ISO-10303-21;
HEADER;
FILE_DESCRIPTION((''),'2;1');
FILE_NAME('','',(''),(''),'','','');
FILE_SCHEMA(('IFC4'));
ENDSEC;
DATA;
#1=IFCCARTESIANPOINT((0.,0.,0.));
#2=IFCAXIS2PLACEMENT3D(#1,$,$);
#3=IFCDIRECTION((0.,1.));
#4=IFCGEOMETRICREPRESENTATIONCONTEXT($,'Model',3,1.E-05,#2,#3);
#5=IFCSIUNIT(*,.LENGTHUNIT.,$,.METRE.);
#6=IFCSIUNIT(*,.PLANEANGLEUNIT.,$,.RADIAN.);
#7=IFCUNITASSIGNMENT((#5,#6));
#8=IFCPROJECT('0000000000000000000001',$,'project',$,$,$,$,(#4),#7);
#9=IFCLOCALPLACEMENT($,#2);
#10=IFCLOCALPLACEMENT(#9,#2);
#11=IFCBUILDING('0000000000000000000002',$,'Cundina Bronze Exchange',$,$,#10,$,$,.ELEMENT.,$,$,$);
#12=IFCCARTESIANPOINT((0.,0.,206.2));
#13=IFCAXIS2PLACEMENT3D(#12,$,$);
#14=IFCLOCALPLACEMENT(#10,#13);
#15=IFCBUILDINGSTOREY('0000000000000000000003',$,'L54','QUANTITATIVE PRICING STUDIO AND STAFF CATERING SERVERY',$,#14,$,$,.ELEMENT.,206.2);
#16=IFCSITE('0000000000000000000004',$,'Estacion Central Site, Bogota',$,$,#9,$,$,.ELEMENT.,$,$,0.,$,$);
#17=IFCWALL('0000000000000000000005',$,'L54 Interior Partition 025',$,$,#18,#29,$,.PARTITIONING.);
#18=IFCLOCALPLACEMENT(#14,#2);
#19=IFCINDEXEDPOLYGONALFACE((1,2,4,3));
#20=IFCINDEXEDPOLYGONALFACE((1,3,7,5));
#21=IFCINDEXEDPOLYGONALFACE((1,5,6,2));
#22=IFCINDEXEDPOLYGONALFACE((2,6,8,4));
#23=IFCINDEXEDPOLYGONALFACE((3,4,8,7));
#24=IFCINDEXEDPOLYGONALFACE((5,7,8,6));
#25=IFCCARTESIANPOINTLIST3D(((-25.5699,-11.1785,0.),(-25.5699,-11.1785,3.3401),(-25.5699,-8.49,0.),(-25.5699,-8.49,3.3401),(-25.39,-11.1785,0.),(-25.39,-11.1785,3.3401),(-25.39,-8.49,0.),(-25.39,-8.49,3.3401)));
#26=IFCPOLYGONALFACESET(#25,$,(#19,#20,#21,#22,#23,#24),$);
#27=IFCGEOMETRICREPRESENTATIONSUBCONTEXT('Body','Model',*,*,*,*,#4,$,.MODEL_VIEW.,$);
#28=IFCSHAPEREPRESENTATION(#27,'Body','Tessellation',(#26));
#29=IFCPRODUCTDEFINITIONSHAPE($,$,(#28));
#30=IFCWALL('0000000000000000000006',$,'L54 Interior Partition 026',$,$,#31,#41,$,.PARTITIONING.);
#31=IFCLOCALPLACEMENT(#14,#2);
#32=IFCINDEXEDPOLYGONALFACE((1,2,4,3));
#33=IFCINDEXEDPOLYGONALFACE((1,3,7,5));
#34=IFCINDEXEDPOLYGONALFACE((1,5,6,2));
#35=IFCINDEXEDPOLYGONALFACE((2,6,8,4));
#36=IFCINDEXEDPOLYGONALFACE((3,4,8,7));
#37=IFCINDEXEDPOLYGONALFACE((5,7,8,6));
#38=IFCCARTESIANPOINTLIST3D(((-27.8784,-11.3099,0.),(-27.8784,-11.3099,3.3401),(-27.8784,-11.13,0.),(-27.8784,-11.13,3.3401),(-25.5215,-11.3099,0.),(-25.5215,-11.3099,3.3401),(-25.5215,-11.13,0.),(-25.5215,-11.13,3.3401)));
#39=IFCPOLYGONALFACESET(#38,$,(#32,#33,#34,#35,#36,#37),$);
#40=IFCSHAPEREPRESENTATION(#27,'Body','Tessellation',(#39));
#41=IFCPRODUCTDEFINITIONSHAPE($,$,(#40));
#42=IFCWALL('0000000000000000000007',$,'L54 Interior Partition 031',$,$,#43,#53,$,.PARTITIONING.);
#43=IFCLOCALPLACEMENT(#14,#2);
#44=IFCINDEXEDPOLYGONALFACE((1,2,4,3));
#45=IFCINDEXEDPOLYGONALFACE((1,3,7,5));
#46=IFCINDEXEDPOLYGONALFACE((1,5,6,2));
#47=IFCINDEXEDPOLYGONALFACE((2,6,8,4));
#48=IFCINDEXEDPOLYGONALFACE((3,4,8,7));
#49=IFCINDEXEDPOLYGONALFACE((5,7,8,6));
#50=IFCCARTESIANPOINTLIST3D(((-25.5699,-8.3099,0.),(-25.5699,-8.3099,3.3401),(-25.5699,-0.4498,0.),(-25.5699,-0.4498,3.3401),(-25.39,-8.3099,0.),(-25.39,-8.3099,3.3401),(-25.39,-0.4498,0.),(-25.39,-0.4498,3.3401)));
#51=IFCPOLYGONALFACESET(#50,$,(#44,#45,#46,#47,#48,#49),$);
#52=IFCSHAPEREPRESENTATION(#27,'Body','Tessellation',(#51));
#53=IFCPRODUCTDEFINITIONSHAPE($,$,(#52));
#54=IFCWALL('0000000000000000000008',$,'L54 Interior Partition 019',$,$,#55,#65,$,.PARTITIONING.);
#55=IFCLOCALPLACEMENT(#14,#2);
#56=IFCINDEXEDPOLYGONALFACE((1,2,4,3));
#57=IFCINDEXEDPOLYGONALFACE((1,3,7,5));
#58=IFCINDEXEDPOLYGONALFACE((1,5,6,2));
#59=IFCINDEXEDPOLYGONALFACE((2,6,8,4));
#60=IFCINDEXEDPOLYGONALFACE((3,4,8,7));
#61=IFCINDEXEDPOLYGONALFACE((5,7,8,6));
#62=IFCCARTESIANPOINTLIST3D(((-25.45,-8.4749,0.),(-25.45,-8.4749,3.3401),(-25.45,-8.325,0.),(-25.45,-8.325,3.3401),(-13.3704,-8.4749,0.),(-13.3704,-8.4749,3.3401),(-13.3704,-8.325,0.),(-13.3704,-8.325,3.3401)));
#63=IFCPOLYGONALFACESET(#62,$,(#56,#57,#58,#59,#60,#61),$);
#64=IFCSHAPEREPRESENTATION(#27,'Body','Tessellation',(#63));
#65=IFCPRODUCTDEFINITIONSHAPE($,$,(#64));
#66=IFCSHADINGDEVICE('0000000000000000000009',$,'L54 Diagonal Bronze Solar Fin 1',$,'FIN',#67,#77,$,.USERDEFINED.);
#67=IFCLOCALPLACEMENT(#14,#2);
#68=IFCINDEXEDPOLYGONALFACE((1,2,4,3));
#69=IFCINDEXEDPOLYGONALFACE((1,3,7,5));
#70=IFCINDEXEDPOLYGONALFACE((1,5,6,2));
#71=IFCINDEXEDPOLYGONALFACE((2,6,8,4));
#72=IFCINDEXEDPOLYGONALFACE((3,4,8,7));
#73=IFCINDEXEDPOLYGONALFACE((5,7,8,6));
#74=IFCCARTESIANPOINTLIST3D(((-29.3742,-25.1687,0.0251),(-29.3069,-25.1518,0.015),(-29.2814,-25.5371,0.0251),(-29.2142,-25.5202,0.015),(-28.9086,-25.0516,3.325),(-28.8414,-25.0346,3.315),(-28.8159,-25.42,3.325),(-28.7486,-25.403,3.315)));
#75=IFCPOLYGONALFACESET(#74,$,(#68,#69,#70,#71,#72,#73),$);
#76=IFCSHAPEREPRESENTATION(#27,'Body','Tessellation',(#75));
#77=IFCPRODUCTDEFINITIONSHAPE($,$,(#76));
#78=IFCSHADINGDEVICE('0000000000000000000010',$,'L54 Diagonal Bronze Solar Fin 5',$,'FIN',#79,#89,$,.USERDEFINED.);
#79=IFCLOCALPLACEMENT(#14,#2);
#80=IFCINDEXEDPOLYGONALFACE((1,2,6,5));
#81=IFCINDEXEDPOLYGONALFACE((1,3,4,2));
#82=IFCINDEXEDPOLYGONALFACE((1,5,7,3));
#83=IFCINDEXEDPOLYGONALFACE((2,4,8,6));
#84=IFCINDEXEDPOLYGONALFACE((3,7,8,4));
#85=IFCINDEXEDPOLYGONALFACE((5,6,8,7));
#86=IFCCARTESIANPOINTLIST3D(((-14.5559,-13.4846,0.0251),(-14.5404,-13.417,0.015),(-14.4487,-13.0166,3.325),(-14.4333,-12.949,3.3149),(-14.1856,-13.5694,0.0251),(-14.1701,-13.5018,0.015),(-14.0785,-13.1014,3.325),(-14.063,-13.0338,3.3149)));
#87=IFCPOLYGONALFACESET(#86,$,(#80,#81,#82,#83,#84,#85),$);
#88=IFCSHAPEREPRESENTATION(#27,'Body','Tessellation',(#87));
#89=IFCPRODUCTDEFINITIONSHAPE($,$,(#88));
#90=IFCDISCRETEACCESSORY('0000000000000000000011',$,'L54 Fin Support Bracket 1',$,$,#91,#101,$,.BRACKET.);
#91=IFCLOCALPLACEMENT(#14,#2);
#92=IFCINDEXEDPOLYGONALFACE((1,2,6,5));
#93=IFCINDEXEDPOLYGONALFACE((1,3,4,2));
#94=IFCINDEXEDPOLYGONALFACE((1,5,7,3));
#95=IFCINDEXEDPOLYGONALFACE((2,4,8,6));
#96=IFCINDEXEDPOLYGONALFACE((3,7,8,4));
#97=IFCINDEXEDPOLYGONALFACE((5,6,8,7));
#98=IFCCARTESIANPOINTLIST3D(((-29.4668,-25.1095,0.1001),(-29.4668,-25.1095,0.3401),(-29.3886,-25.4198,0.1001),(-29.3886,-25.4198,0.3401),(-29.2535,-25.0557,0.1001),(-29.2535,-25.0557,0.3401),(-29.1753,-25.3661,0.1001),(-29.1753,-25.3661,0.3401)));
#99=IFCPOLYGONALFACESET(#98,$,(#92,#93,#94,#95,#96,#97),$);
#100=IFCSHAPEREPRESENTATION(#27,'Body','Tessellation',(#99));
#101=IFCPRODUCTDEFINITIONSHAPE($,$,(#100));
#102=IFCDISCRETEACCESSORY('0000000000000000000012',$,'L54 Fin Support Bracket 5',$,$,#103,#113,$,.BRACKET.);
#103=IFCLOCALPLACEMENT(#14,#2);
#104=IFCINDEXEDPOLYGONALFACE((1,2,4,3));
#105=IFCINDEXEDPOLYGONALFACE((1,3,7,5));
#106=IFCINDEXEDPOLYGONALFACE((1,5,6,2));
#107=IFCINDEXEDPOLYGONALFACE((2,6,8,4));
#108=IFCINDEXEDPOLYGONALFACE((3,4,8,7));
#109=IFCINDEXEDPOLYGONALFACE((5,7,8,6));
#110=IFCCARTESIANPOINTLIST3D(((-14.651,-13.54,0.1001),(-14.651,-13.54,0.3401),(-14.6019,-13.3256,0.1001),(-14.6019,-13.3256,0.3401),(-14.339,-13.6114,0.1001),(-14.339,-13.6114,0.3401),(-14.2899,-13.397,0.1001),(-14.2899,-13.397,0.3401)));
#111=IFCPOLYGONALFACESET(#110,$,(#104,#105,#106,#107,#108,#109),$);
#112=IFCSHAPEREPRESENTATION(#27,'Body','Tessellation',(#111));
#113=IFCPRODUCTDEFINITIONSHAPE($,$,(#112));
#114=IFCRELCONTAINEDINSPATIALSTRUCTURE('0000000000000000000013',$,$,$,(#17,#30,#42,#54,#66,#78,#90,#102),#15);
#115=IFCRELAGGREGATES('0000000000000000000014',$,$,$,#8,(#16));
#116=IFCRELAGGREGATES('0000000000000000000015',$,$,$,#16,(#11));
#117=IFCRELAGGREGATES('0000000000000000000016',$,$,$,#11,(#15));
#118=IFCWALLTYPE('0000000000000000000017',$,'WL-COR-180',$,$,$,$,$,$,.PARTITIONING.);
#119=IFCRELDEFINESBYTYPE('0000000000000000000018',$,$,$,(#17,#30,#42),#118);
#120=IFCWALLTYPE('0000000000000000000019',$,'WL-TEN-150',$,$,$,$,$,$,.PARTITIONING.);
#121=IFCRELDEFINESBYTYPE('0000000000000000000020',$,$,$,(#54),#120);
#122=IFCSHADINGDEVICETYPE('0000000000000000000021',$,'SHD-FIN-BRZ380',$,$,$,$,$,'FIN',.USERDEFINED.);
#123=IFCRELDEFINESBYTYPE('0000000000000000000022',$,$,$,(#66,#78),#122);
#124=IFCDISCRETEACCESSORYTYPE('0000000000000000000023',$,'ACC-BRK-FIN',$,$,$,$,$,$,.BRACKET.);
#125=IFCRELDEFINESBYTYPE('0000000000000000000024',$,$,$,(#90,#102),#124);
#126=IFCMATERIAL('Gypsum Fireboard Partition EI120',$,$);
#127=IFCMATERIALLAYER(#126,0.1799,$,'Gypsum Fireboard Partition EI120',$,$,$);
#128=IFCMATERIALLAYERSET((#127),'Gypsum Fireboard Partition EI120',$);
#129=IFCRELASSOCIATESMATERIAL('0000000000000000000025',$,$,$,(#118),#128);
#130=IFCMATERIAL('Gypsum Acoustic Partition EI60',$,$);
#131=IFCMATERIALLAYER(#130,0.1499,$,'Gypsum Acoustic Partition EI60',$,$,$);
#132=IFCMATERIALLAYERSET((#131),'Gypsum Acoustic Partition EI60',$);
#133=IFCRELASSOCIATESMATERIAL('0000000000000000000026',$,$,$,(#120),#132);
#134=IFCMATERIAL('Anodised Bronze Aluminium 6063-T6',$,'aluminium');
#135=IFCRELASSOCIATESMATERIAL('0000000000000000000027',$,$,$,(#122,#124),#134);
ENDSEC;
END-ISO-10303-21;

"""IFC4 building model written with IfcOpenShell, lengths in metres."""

from ifc_helpers import new_model, si_unit, direction, frame, frame_2d, origin, origin_2d, place, context, subcontext, project, spatial, rectangle, extrude, material, layer, layer_set, material_profile, profile_set, type_object, element, save


model = new_model("IFC4")

# Units and contexts
model_context = context("Model", 3, precision=1e-05, world=origin(), true_north=direction((0.0, 1.0)))
body_context = subcontext(model_context, "Body", "Model", "MODEL_VIEW")
ifc_project = project(units=[si_unit("LENGTHUNIT", "METRE"), si_unit("PLANEANGLEUNIT", "RADIAN")], contexts=[model_context])

# Site, building, storey
site_placement = place(None, origin())
site = spatial("IfcSite", under=ifc_project, at=site_placement, Name="Estacion Central Site, Bogota", CompositionType="ELEMENT", RefElevation=0.0)
building_placement = place(site_placement, origin())
building = spatial("IfcBuilding", under=site, at=building_placement, Name="Cundina Bronze Exchange", CompositionType="ELEMENT")
storey_placement = place(building_placement, frame((0.0, 0.0, 206.2)))
storey = spatial("IfcBuildingStorey", under=building, at=storey_placement, Name="L54", Description="QUANTITATIVE PRICING STUDIO AND STAFF CATERING SERVERY", CompositionType="ELEMENT", Elevation=206.2)

# Shared definitions
ifc_material_1 = material(Name="Anodised Bronze Aluminium 6063-T6", Category="aluminium")

# Shared definitions
ifc_material_2 = material(Name="Gypsum Fireboard Partition EI120")
ifc_layer_1 = layer(ifc_material_2, 0.1799, Name="Gypsum Fireboard Partition EI120")
ifc_layer_set_1 = layer_set([ifc_layer_1], Name="Gypsum Fireboard Partition EI120")
wall_type_1 = type_object("IfcWallType", Name="WL-COR-180", PredefinedType="PARTITIONING", material=ifc_layer_set_1)

# Walls
wall_1_placement = place(storey_placement, frame((-25.48, -11.1785, 0.0), z_axis=(0.0, 0.0, 1.0), x_axis=(0.0, 1.0, 0.0)))
element("IfcWall", 1, at=wall_1_placement, inside=storey, type_object=wall_type_1, Name="L54 Interior Partition 025", PredefinedType="PARTITIONING", context=body_context, shape_type="SweptSolid", body=[
    extrude(rectangle(XDim=2.6885, YDim=0.1799, at=frame_2d((1.3442, 0.0))), origin(), (0.0, 0.0, 1.0), 3.3401),
])
wall_2_placement = place(storey_placement, frame((-27.8784, -11.22, 0.0), z_axis=(0.0, 0.0, 1.0), x_axis=(1.0, 0.0, 0.0)))
element("IfcWall", 2, at=wall_2_placement, inside=storey, type_object=wall_type_1, Name="L54 Interior Partition 026", PredefinedType="PARTITIONING", context=body_context, shape_type="SweptSolid", body=[
    extrude(rectangle(XDim=2.3569, YDim=0.1799, at=frame_2d((1.1785, 0.0))), origin(), (0.0, 0.0, 1.0), 3.3401),
])
wall_3_placement = place(storey_placement, frame((-25.48, -8.3101, 0.0), z_axis=(0.0, 0.0, 1.0), x_axis=(0.0, 1.0, 0.0)))
element("IfcWall", 3, at=wall_3_placement, inside=storey, type_object=wall_type_1, Name="L54 Interior Partition 031", PredefinedType="PARTITIONING", context=body_context, shape_type="SweptSolid", body=[
    extrude(rectangle(XDim=7.8601, YDim=0.1799, at=frame_2d((3.9302, 0.0))), origin(), (0.0, 0.0, 1.0), 3.3401),
])
ifc_material_3 = material(Name="Gypsum Acoustic Partition EI60")
ifc_layer_2 = layer(ifc_material_3, 0.1499, Name="Gypsum Acoustic Partition EI60")
ifc_layer_set_2 = layer_set([ifc_layer_2], Name="Gypsum Acoustic Partition EI60")
wall_type_2 = type_object("IfcWallType", Name="WL-TEN-150", PredefinedType="PARTITIONING", material=ifc_layer_set_2)
wall_4_placement = place(storey_placement, frame((-25.45, -8.3999, 0.0), z_axis=(0.0, 0.0, 1.0), x_axis=(1.0, 0.0, 0.0)))
element("IfcWall", 4, at=wall_4_placement, inside=storey, type_object=wall_type_2, Name="L54 Interior Partition 019", PredefinedType="PARTITIONING", context=body_context, shape_type="SweptSolid", body=[
    extrude(rectangle(XDim=12.0796, YDim=0.1499, at=frame_2d((6.0398, 0.0))), origin(), (0.0, 0.0, 1.0), 3.3401),
])

# Shading devices
ifc_material_profile_1 = material_profile(ifc_material_1, rectangle(XDim=0.0701, YDim=0.3799, at=origin_2d()), Name="FIN70X380", Category="aluminium")
ifc_profile_set_1 = profile_set([ifc_material_profile_1], Name="Anodised Bronze Aluminium 6063-T6")
shading_device_type = type_object("IfcShadingDeviceType", Name="SHD-FIN-BRZ380", ElementType="FIN", PredefinedType="USERDEFINED", material=ifc_profile_set_1)
for number, where, z_axis, x_axis, name in (
    (5, (-29.2942, -25.3445, 0.02), (0.139612, 0.035141, 0.989583), (-0.95965, -0.241548, 0.143967), "L54 Diagonal Bronze Solar Fin 1"),
    (6, (-14.363, -13.4932, 0.02), (0.032139, 0.140344, 0.989581), (-0.220899, -0.964611, 0.143977), "L54 Diagonal Bronze Solar Fin 5"),
):
    element("IfcShadingDevice", number, at=place(storey_placement, frame(where, z_axis=z_axis, x_axis=x_axis)), inside=storey, type_object=shading_device_type, Name=name, ObjectType="FIN", PredefinedType="USERDEFINED", context=body_context, shape_type="SweptSolid", body=[
        extrude(rectangle(XDim=0.0701, YDim=0.3799, at=origin_2d()), origin(), (0.0, 0.0, 1.0), 3.3347),
    ])

# Discrete accessories
discrete_accessory_type = type_object("IfcDiscreteAccessoryType", Name="ACC-BRK-FIN", PredefinedType="BRACKET", material=ifc_material_1)
for number, where, z_axis, x_axis, name in (
    (7, (-29.321, -25.2378, 0.1001), (0.0, 0.0, 1.0), (0.969732, 0.244174, 0.0), "L54 Fin Support Bracket 1"),
    (8, (-14.4705, -13.4685, 0.1001), (0.0, 0.0, 1.0), (0.223284, 0.974753, 0.0), "L54 Fin Support Bracket 5"),
):
    element("IfcDiscreteAccessory", number, at=place(storey_placement, frame(where, z_axis=z_axis, x_axis=x_axis)), inside=storey, type_object=discrete_accessory_type, Name=name, PredefinedType="BRACKET", context=body_context, shape_type="SweptSolid", body=[
        extrude(rectangle(XDim=0.22, YDim=0.3201, at=origin_2d()), origin(), (0.0, 0.0, 1.0), 0.24),
    ])

save(model, "model.ifc")
